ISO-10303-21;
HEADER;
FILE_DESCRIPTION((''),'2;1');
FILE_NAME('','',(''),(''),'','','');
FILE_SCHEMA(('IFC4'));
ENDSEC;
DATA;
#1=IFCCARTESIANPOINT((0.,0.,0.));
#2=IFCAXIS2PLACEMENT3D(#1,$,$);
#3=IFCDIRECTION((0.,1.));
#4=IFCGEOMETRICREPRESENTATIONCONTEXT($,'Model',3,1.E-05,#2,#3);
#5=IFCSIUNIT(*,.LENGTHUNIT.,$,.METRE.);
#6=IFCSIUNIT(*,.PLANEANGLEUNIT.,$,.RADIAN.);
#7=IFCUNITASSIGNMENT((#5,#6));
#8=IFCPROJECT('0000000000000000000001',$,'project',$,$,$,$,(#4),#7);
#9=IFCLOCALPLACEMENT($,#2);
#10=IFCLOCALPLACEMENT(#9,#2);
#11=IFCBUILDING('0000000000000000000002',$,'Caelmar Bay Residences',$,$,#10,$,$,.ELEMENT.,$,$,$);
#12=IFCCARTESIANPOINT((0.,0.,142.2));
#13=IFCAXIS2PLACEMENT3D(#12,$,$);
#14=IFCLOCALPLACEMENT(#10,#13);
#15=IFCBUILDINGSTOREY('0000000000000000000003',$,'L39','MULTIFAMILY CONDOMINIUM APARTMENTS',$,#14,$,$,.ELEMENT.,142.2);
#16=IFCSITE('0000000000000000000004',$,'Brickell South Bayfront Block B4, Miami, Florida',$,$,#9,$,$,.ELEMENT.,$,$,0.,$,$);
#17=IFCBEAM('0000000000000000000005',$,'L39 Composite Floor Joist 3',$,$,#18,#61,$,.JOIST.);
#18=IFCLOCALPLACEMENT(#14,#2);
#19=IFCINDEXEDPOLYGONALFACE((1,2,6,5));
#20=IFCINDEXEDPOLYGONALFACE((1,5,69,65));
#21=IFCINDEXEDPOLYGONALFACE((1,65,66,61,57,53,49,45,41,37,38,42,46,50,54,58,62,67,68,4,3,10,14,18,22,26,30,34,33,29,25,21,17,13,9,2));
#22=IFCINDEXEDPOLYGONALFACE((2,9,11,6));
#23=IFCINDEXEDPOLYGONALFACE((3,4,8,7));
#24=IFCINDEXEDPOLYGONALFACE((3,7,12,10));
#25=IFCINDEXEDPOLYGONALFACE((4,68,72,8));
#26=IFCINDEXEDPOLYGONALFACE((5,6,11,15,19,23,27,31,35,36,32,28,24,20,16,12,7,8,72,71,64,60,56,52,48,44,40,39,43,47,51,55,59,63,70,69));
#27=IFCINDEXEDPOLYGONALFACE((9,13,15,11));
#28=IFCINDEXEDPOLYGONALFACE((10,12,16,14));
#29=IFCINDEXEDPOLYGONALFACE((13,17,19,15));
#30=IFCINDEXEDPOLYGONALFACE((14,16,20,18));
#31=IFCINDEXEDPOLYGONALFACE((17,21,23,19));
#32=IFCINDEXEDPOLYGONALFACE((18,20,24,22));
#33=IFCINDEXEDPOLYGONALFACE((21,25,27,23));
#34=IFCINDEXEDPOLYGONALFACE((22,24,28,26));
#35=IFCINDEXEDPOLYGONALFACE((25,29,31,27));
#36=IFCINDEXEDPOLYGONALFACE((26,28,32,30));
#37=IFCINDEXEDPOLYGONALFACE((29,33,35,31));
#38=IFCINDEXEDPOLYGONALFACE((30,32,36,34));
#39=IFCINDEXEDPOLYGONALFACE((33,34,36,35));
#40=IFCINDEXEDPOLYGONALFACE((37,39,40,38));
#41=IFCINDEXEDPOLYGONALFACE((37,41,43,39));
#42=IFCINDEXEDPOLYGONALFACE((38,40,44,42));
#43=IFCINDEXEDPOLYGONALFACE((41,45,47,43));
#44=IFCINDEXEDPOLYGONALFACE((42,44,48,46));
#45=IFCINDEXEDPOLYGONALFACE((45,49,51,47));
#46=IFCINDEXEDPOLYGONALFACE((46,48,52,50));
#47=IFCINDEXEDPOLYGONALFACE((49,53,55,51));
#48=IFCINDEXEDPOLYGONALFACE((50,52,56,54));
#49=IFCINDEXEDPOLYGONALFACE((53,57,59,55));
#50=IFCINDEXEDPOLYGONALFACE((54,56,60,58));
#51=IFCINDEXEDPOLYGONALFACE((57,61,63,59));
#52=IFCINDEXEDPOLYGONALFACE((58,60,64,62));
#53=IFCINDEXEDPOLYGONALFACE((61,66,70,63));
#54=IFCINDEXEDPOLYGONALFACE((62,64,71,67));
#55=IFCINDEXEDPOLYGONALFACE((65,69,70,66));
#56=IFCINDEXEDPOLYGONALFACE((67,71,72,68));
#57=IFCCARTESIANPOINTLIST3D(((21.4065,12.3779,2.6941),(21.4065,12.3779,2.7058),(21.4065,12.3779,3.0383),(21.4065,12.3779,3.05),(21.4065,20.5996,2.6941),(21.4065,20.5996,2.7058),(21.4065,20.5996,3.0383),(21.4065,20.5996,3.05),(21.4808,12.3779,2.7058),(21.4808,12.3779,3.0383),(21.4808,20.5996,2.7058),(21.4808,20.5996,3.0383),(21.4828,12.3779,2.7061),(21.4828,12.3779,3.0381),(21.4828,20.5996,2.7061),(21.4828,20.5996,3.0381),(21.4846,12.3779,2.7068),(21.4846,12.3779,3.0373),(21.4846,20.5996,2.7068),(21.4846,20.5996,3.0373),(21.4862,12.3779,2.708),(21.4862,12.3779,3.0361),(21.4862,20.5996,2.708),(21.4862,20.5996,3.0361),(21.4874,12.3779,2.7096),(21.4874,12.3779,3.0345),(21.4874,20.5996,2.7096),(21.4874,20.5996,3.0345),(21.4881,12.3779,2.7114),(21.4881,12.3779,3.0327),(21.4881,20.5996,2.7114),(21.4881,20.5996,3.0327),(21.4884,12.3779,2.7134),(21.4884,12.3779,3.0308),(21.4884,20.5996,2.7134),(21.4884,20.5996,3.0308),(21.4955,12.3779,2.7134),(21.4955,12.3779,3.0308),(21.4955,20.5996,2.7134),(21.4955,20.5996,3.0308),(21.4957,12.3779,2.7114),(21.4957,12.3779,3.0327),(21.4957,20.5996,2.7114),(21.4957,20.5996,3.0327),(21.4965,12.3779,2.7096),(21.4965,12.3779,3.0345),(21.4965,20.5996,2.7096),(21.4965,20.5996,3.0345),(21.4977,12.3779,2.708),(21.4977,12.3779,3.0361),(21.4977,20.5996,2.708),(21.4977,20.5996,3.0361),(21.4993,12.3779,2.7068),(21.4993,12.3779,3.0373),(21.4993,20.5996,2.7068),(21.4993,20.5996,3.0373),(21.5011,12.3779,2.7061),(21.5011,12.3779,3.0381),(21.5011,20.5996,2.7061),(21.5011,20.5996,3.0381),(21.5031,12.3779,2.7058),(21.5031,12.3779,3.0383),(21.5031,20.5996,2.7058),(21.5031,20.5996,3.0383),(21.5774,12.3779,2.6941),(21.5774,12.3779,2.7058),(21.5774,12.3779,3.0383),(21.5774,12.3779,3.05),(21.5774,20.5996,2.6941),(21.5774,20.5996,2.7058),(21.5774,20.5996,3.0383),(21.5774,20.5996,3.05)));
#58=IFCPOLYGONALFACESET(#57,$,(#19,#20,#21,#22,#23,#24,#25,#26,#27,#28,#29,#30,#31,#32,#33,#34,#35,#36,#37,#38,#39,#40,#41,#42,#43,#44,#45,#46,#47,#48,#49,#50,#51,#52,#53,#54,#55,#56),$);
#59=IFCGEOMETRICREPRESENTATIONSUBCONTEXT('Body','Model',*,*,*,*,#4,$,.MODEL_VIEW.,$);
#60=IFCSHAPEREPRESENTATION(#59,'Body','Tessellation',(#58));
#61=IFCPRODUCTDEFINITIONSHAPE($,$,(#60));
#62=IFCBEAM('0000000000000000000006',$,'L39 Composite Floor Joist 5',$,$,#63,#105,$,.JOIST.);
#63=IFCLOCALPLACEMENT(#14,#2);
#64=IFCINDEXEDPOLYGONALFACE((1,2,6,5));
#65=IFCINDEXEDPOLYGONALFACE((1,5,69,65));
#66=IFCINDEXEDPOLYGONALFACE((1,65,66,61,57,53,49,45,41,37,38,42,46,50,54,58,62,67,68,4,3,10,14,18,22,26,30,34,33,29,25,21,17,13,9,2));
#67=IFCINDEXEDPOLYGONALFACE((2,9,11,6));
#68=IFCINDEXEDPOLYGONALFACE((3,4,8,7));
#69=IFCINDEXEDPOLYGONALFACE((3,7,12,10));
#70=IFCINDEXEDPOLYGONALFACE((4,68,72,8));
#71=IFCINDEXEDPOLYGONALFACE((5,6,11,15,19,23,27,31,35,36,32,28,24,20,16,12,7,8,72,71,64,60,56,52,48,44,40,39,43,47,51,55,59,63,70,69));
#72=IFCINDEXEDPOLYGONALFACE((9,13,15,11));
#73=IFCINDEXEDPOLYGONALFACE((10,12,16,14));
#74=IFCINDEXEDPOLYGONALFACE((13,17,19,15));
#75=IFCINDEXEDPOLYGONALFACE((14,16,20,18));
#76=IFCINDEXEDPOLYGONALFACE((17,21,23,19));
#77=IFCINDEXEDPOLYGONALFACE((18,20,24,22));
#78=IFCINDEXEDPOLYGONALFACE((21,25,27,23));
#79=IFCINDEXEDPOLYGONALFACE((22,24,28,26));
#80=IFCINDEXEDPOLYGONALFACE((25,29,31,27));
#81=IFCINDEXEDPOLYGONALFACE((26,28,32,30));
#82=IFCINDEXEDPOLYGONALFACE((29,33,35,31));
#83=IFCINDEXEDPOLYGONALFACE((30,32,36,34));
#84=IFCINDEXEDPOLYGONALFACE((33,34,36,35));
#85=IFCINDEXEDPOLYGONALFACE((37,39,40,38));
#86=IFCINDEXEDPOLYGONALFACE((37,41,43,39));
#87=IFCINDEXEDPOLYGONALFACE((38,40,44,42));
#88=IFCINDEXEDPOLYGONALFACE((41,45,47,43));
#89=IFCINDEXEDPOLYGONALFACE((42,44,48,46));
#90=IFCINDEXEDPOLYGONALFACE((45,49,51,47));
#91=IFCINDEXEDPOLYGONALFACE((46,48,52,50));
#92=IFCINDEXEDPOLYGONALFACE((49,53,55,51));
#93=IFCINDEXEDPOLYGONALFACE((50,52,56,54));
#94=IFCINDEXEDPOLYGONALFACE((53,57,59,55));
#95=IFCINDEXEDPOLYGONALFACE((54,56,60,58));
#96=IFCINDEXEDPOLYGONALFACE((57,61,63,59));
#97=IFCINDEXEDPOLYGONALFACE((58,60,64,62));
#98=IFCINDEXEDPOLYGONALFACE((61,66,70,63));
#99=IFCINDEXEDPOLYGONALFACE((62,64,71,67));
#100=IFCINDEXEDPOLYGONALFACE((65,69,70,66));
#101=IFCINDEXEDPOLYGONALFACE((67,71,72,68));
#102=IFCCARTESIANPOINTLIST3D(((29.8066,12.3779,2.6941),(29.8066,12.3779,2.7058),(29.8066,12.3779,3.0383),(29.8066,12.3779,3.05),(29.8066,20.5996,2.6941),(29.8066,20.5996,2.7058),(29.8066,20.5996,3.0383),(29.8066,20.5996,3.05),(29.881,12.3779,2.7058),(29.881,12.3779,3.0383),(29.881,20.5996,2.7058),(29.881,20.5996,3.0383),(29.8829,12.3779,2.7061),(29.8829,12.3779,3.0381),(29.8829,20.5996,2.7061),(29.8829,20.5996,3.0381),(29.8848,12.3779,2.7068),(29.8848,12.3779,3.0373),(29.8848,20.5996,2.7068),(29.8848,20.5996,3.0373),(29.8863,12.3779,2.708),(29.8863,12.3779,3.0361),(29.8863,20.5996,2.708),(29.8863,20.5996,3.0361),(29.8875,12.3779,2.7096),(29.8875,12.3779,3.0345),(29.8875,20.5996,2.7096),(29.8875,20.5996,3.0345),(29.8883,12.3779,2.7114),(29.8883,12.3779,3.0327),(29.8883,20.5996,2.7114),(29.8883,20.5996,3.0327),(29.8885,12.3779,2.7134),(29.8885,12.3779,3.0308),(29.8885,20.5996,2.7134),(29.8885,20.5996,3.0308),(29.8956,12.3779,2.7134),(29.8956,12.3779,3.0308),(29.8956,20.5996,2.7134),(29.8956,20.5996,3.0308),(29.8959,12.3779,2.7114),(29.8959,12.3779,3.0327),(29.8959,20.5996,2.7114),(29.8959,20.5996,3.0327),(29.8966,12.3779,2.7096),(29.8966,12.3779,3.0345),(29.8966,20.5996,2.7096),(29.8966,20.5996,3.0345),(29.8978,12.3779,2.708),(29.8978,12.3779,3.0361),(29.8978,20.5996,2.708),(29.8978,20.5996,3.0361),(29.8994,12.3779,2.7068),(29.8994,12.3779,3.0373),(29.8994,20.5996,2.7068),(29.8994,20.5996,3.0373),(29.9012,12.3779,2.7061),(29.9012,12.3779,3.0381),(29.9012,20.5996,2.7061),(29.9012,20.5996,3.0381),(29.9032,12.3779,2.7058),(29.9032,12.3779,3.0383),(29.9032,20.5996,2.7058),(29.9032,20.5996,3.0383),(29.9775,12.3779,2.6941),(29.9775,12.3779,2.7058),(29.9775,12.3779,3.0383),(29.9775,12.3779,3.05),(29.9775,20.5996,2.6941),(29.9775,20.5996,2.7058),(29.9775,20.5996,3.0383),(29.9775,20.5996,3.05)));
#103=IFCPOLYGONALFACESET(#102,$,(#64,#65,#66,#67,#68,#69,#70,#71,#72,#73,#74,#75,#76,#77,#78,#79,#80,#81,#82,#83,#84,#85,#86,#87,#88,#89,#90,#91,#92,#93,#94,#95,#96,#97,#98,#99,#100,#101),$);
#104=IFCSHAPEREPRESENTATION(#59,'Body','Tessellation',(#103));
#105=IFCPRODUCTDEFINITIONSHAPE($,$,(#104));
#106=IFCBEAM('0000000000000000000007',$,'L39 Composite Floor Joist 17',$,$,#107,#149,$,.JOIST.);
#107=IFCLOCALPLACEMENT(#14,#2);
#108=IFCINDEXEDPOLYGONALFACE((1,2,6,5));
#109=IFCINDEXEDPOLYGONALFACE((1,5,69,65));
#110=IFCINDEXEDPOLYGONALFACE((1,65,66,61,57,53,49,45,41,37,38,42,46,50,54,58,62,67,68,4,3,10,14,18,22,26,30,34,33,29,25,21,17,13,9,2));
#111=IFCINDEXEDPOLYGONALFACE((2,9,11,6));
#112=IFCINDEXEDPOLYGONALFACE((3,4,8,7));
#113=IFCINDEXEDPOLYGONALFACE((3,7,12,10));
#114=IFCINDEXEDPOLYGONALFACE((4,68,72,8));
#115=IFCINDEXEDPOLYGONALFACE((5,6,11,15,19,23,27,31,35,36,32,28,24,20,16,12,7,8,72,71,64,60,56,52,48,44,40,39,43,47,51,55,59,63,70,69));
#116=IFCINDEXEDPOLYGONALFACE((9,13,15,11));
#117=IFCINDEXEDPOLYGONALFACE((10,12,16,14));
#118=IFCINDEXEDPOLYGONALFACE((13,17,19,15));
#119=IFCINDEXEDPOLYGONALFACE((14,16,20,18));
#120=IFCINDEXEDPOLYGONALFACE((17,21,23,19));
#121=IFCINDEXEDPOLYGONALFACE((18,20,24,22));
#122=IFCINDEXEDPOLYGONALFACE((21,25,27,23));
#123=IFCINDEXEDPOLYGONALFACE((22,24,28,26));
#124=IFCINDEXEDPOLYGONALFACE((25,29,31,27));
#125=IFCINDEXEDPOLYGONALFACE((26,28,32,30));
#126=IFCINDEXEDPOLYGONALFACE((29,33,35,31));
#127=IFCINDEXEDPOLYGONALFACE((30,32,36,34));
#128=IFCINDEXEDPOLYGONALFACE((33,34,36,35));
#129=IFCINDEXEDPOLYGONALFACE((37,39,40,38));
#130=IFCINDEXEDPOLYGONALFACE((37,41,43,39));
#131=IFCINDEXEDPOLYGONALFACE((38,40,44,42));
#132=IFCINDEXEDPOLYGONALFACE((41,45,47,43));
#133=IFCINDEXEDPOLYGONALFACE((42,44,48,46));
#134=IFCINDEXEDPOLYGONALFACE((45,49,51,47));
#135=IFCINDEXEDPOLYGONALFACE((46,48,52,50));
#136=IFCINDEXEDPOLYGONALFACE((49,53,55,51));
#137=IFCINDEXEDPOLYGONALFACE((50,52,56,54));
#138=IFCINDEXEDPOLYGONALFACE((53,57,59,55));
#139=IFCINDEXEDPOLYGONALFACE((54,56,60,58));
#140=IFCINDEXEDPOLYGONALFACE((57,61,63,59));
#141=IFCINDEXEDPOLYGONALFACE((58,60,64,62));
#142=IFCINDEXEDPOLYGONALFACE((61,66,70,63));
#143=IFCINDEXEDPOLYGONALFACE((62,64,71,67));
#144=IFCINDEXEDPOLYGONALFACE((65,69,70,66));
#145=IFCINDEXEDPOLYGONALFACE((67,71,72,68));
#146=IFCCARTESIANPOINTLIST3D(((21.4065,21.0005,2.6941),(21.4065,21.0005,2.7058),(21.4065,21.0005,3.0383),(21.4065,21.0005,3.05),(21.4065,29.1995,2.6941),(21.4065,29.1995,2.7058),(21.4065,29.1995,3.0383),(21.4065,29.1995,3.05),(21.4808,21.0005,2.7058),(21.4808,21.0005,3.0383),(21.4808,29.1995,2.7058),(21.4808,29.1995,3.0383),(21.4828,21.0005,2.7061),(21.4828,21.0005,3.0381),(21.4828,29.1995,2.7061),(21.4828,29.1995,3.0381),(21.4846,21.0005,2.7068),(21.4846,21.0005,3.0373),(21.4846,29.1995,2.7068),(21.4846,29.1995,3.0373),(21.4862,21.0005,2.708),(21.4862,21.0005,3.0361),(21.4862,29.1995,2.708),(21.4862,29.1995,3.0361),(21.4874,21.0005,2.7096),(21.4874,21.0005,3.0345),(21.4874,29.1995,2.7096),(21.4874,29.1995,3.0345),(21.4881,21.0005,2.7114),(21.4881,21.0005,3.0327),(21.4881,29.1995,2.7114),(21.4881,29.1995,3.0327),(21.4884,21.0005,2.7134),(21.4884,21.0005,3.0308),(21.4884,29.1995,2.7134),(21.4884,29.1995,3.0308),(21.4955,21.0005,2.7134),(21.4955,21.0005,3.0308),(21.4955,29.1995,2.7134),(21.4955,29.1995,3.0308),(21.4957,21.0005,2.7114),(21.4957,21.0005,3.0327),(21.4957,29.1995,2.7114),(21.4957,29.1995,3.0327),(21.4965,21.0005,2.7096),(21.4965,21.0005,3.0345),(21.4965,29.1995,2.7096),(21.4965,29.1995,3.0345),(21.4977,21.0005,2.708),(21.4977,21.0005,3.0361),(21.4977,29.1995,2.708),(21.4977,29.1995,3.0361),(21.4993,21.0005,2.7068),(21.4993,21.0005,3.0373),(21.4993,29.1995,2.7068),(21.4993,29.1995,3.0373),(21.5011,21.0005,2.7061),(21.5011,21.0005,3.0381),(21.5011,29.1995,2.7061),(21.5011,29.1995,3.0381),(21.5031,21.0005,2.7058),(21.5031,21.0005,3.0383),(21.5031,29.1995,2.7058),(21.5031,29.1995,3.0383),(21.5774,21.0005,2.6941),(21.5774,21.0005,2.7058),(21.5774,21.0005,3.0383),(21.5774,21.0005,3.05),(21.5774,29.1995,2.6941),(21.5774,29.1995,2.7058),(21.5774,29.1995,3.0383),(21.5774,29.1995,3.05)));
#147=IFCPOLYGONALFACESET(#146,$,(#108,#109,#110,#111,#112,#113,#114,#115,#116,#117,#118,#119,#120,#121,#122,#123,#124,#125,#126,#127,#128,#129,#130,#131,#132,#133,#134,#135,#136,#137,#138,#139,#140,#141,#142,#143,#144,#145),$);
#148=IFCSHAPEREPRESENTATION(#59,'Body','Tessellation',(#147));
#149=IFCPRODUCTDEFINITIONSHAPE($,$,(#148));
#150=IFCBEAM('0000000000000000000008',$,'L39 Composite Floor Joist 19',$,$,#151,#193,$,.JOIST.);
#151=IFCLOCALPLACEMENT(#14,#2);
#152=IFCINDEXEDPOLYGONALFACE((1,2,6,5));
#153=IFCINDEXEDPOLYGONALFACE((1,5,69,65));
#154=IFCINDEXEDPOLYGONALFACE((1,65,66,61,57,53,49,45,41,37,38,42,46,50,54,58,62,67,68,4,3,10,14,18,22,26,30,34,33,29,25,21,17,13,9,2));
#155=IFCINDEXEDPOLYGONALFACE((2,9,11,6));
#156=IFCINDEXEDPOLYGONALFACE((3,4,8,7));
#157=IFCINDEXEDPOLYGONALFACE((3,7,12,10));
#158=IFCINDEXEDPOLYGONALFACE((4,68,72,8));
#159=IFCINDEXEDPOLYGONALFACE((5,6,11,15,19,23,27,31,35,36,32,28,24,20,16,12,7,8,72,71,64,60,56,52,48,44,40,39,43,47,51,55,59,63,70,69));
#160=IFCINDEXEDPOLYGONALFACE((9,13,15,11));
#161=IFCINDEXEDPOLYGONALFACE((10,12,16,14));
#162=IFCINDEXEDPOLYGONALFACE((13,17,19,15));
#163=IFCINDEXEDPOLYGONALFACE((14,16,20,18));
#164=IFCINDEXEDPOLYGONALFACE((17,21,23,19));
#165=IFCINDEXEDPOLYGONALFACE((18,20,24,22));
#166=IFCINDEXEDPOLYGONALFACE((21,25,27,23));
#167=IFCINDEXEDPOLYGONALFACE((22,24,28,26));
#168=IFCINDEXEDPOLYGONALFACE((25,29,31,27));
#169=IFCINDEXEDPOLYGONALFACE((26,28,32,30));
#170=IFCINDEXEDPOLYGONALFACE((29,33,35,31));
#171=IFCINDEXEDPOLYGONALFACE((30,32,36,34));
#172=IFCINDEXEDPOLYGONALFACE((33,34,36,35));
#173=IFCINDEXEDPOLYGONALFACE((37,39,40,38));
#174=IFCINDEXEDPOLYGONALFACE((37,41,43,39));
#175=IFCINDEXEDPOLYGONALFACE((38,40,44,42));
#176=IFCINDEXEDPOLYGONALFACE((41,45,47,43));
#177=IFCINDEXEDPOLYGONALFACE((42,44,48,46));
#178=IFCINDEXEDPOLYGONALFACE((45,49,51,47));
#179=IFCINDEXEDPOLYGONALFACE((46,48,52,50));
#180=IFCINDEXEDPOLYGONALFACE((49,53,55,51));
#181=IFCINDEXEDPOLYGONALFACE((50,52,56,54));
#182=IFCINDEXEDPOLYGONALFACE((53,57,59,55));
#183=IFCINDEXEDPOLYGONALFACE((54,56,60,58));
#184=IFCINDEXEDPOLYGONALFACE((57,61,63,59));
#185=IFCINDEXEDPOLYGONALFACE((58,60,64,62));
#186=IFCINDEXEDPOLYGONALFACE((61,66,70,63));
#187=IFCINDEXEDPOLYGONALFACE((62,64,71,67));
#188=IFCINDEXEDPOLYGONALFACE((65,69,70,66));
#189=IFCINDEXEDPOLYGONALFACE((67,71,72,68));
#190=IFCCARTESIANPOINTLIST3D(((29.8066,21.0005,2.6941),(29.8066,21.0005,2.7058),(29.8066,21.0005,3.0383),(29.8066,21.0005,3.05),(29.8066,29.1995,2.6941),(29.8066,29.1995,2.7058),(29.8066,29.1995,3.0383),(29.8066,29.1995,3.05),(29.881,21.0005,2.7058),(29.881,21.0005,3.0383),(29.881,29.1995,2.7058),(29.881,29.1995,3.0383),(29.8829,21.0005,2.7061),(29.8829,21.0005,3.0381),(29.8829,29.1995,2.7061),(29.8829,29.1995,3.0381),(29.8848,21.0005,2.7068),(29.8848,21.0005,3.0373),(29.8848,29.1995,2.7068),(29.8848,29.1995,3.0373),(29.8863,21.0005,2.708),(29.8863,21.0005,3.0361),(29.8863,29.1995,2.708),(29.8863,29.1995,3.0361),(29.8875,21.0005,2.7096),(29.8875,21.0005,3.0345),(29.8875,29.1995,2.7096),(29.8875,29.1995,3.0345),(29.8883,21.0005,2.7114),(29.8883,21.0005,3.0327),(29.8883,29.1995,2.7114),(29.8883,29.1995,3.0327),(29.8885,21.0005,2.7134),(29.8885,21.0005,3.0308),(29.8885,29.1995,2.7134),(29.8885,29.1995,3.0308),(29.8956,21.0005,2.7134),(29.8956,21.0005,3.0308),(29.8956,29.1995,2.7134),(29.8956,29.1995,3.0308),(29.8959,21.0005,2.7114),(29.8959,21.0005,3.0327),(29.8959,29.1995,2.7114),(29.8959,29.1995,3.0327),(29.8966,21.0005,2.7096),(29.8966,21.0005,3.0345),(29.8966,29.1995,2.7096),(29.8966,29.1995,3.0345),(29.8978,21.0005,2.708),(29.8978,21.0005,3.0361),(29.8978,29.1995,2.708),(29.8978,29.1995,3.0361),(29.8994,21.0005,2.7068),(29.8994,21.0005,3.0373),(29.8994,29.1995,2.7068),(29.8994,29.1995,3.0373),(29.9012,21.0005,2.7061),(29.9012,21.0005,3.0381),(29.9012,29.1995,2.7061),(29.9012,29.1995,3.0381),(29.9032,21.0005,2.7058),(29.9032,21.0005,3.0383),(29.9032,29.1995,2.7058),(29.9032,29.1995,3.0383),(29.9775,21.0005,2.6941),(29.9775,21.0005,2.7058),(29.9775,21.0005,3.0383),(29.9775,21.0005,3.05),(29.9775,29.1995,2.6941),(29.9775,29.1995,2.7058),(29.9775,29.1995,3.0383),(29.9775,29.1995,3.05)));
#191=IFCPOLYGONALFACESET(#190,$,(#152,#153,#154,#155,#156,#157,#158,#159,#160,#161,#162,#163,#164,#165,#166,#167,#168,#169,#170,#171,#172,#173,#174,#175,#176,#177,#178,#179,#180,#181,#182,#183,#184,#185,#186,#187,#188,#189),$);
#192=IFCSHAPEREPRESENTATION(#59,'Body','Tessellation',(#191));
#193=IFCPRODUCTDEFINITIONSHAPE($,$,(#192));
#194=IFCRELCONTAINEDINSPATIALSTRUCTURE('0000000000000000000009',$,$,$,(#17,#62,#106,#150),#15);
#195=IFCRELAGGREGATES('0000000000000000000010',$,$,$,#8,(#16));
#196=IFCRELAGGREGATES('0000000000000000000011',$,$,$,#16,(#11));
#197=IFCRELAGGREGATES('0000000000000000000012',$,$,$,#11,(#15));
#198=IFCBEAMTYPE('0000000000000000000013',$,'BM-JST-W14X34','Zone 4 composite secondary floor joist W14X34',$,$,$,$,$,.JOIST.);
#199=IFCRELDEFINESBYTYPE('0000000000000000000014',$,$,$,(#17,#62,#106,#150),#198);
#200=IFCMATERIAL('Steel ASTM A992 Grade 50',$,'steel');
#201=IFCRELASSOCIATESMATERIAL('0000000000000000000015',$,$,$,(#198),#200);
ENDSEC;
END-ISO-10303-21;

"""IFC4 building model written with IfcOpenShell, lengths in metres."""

from ifc_helpers import new_model, si_unit, direction, frame, origin, origin_2d, place, context, subcontext, project, spatial, i_section, extrude, material, material_profile, profile_set, type_object, element, save


model = new_model("IFC4")

# Units and contexts
model_context = context("Model", 3, precision=1e-05, world=origin(), true_north=direction((0.0, 1.0)))
body_context = subcontext(model_context, "Body", "Model", "MODEL_VIEW")
ifc_project = project(units=[si_unit("LENGTHUNIT", "METRE"), si_unit("PLANEANGLEUNIT", "RADIAN")], contexts=[model_context])

# Site, building, storey
site_placement = place(None, origin())
site = spatial("IfcSite", under=ifc_project, at=site_placement, Name="Brickell South Bayfront Block B4, Miami, Florida", CompositionType="ELEMENT", RefElevation=0.0)
building_placement = place(site_placement, origin())
building = spatial("IfcBuilding", under=site, at=building_placement, Name="Caelmar Bay Residences", CompositionType="ELEMENT")
storey_placement = place(building_placement, frame((0.0, 0.0, 142.2)))
storey = spatial("IfcBuildingStorey", under=building, at=storey_placement, Name="L39", Description="MULTIFAMILY CONDOMINIUM APARTMENTS", CompositionType="ELEMENT", Elevation=142.2)

# Beams
ifc_material_1 = material(Name="Steel ASTM A992 Grade 50", Category="steel")
ifc_material_profile_1 = material_profile(ifc_material_1, i_section(OverallWidth=0.1709, OverallDepth=0.356, WebThickness=0.0071, FlangeThickness=0.0117, FilletRadius=0.0076, at=origin_2d()), Name="W14X34")
ifc_profile_set_1 = profile_set([ifc_material_profile_1], Name="Steel ASTM A992 Grade 50")
beam_type_1 = type_object("IfcBeamType", Name="BM-JST-W14X34", Description="Zone 4 composite secondary floor joist W14X34", PredefinedType="JOIST", material=ifc_profile_set_1)
for number, where, z_axis, x_axis, name in (
    (1, (21.4919, 12.3779, 2.8721), (0.0, 1.0, 0.0), (-1.0, 0.0, 0.0), "L39 Composite Floor Joist 3"),
    (2, (29.8921, 12.3779, 2.8721), (0.0, 1.0, 0.0), (-1.0, 0.0, 0.0), "L39 Composite Floor Joist 5"),
):
    element("IfcBeam", number, at=place(storey_placement, frame(where, z_axis=z_axis, x_axis=x_axis)), inside=storey, type_object=beam_type_1, Name=name, PredefinedType="JOIST", context=body_context, shape_type="SweptSolid", body=[
        extrude(i_section(OverallWidth=0.1709, OverallDepth=0.356, WebThickness=0.0071, FlangeThickness=0.0117, FilletRadius=0.0076, at=origin_2d()), origin(), (0.0, 0.0, 1.0), 8.2217),
    ])
for number, where, z_axis, x_axis, name in (
    (3, (21.4919, 21.0005, 2.8721), (0.0, 1.0, 0.0), (-1.0, 0.0, 0.0), "L39 Composite Floor Joist 17"),
    (4, (29.8921, 21.0005, 2.8721), (0.0, 1.0, 0.0), (-1.0, 0.0, 0.0), "L39 Composite Floor Joist 19"),
):
    element("IfcBeam", number, at=place(storey_placement, frame(where, z_axis=z_axis, x_axis=x_axis)), inside=storey, type_object=beam_type_1, Name=name, PredefinedType="JOIST", context=body_context, shape_type="SweptSolid", body=[
        extrude(i_section(OverallWidth=0.1709, OverallDepth=0.356, WebThickness=0.0071, FlangeThickness=0.0117, FilletRadius=0.0076, at=origin_2d()), origin(), (0.0, 0.0, 1.0), 8.199),
    ])

save(model, "model.ifc")
